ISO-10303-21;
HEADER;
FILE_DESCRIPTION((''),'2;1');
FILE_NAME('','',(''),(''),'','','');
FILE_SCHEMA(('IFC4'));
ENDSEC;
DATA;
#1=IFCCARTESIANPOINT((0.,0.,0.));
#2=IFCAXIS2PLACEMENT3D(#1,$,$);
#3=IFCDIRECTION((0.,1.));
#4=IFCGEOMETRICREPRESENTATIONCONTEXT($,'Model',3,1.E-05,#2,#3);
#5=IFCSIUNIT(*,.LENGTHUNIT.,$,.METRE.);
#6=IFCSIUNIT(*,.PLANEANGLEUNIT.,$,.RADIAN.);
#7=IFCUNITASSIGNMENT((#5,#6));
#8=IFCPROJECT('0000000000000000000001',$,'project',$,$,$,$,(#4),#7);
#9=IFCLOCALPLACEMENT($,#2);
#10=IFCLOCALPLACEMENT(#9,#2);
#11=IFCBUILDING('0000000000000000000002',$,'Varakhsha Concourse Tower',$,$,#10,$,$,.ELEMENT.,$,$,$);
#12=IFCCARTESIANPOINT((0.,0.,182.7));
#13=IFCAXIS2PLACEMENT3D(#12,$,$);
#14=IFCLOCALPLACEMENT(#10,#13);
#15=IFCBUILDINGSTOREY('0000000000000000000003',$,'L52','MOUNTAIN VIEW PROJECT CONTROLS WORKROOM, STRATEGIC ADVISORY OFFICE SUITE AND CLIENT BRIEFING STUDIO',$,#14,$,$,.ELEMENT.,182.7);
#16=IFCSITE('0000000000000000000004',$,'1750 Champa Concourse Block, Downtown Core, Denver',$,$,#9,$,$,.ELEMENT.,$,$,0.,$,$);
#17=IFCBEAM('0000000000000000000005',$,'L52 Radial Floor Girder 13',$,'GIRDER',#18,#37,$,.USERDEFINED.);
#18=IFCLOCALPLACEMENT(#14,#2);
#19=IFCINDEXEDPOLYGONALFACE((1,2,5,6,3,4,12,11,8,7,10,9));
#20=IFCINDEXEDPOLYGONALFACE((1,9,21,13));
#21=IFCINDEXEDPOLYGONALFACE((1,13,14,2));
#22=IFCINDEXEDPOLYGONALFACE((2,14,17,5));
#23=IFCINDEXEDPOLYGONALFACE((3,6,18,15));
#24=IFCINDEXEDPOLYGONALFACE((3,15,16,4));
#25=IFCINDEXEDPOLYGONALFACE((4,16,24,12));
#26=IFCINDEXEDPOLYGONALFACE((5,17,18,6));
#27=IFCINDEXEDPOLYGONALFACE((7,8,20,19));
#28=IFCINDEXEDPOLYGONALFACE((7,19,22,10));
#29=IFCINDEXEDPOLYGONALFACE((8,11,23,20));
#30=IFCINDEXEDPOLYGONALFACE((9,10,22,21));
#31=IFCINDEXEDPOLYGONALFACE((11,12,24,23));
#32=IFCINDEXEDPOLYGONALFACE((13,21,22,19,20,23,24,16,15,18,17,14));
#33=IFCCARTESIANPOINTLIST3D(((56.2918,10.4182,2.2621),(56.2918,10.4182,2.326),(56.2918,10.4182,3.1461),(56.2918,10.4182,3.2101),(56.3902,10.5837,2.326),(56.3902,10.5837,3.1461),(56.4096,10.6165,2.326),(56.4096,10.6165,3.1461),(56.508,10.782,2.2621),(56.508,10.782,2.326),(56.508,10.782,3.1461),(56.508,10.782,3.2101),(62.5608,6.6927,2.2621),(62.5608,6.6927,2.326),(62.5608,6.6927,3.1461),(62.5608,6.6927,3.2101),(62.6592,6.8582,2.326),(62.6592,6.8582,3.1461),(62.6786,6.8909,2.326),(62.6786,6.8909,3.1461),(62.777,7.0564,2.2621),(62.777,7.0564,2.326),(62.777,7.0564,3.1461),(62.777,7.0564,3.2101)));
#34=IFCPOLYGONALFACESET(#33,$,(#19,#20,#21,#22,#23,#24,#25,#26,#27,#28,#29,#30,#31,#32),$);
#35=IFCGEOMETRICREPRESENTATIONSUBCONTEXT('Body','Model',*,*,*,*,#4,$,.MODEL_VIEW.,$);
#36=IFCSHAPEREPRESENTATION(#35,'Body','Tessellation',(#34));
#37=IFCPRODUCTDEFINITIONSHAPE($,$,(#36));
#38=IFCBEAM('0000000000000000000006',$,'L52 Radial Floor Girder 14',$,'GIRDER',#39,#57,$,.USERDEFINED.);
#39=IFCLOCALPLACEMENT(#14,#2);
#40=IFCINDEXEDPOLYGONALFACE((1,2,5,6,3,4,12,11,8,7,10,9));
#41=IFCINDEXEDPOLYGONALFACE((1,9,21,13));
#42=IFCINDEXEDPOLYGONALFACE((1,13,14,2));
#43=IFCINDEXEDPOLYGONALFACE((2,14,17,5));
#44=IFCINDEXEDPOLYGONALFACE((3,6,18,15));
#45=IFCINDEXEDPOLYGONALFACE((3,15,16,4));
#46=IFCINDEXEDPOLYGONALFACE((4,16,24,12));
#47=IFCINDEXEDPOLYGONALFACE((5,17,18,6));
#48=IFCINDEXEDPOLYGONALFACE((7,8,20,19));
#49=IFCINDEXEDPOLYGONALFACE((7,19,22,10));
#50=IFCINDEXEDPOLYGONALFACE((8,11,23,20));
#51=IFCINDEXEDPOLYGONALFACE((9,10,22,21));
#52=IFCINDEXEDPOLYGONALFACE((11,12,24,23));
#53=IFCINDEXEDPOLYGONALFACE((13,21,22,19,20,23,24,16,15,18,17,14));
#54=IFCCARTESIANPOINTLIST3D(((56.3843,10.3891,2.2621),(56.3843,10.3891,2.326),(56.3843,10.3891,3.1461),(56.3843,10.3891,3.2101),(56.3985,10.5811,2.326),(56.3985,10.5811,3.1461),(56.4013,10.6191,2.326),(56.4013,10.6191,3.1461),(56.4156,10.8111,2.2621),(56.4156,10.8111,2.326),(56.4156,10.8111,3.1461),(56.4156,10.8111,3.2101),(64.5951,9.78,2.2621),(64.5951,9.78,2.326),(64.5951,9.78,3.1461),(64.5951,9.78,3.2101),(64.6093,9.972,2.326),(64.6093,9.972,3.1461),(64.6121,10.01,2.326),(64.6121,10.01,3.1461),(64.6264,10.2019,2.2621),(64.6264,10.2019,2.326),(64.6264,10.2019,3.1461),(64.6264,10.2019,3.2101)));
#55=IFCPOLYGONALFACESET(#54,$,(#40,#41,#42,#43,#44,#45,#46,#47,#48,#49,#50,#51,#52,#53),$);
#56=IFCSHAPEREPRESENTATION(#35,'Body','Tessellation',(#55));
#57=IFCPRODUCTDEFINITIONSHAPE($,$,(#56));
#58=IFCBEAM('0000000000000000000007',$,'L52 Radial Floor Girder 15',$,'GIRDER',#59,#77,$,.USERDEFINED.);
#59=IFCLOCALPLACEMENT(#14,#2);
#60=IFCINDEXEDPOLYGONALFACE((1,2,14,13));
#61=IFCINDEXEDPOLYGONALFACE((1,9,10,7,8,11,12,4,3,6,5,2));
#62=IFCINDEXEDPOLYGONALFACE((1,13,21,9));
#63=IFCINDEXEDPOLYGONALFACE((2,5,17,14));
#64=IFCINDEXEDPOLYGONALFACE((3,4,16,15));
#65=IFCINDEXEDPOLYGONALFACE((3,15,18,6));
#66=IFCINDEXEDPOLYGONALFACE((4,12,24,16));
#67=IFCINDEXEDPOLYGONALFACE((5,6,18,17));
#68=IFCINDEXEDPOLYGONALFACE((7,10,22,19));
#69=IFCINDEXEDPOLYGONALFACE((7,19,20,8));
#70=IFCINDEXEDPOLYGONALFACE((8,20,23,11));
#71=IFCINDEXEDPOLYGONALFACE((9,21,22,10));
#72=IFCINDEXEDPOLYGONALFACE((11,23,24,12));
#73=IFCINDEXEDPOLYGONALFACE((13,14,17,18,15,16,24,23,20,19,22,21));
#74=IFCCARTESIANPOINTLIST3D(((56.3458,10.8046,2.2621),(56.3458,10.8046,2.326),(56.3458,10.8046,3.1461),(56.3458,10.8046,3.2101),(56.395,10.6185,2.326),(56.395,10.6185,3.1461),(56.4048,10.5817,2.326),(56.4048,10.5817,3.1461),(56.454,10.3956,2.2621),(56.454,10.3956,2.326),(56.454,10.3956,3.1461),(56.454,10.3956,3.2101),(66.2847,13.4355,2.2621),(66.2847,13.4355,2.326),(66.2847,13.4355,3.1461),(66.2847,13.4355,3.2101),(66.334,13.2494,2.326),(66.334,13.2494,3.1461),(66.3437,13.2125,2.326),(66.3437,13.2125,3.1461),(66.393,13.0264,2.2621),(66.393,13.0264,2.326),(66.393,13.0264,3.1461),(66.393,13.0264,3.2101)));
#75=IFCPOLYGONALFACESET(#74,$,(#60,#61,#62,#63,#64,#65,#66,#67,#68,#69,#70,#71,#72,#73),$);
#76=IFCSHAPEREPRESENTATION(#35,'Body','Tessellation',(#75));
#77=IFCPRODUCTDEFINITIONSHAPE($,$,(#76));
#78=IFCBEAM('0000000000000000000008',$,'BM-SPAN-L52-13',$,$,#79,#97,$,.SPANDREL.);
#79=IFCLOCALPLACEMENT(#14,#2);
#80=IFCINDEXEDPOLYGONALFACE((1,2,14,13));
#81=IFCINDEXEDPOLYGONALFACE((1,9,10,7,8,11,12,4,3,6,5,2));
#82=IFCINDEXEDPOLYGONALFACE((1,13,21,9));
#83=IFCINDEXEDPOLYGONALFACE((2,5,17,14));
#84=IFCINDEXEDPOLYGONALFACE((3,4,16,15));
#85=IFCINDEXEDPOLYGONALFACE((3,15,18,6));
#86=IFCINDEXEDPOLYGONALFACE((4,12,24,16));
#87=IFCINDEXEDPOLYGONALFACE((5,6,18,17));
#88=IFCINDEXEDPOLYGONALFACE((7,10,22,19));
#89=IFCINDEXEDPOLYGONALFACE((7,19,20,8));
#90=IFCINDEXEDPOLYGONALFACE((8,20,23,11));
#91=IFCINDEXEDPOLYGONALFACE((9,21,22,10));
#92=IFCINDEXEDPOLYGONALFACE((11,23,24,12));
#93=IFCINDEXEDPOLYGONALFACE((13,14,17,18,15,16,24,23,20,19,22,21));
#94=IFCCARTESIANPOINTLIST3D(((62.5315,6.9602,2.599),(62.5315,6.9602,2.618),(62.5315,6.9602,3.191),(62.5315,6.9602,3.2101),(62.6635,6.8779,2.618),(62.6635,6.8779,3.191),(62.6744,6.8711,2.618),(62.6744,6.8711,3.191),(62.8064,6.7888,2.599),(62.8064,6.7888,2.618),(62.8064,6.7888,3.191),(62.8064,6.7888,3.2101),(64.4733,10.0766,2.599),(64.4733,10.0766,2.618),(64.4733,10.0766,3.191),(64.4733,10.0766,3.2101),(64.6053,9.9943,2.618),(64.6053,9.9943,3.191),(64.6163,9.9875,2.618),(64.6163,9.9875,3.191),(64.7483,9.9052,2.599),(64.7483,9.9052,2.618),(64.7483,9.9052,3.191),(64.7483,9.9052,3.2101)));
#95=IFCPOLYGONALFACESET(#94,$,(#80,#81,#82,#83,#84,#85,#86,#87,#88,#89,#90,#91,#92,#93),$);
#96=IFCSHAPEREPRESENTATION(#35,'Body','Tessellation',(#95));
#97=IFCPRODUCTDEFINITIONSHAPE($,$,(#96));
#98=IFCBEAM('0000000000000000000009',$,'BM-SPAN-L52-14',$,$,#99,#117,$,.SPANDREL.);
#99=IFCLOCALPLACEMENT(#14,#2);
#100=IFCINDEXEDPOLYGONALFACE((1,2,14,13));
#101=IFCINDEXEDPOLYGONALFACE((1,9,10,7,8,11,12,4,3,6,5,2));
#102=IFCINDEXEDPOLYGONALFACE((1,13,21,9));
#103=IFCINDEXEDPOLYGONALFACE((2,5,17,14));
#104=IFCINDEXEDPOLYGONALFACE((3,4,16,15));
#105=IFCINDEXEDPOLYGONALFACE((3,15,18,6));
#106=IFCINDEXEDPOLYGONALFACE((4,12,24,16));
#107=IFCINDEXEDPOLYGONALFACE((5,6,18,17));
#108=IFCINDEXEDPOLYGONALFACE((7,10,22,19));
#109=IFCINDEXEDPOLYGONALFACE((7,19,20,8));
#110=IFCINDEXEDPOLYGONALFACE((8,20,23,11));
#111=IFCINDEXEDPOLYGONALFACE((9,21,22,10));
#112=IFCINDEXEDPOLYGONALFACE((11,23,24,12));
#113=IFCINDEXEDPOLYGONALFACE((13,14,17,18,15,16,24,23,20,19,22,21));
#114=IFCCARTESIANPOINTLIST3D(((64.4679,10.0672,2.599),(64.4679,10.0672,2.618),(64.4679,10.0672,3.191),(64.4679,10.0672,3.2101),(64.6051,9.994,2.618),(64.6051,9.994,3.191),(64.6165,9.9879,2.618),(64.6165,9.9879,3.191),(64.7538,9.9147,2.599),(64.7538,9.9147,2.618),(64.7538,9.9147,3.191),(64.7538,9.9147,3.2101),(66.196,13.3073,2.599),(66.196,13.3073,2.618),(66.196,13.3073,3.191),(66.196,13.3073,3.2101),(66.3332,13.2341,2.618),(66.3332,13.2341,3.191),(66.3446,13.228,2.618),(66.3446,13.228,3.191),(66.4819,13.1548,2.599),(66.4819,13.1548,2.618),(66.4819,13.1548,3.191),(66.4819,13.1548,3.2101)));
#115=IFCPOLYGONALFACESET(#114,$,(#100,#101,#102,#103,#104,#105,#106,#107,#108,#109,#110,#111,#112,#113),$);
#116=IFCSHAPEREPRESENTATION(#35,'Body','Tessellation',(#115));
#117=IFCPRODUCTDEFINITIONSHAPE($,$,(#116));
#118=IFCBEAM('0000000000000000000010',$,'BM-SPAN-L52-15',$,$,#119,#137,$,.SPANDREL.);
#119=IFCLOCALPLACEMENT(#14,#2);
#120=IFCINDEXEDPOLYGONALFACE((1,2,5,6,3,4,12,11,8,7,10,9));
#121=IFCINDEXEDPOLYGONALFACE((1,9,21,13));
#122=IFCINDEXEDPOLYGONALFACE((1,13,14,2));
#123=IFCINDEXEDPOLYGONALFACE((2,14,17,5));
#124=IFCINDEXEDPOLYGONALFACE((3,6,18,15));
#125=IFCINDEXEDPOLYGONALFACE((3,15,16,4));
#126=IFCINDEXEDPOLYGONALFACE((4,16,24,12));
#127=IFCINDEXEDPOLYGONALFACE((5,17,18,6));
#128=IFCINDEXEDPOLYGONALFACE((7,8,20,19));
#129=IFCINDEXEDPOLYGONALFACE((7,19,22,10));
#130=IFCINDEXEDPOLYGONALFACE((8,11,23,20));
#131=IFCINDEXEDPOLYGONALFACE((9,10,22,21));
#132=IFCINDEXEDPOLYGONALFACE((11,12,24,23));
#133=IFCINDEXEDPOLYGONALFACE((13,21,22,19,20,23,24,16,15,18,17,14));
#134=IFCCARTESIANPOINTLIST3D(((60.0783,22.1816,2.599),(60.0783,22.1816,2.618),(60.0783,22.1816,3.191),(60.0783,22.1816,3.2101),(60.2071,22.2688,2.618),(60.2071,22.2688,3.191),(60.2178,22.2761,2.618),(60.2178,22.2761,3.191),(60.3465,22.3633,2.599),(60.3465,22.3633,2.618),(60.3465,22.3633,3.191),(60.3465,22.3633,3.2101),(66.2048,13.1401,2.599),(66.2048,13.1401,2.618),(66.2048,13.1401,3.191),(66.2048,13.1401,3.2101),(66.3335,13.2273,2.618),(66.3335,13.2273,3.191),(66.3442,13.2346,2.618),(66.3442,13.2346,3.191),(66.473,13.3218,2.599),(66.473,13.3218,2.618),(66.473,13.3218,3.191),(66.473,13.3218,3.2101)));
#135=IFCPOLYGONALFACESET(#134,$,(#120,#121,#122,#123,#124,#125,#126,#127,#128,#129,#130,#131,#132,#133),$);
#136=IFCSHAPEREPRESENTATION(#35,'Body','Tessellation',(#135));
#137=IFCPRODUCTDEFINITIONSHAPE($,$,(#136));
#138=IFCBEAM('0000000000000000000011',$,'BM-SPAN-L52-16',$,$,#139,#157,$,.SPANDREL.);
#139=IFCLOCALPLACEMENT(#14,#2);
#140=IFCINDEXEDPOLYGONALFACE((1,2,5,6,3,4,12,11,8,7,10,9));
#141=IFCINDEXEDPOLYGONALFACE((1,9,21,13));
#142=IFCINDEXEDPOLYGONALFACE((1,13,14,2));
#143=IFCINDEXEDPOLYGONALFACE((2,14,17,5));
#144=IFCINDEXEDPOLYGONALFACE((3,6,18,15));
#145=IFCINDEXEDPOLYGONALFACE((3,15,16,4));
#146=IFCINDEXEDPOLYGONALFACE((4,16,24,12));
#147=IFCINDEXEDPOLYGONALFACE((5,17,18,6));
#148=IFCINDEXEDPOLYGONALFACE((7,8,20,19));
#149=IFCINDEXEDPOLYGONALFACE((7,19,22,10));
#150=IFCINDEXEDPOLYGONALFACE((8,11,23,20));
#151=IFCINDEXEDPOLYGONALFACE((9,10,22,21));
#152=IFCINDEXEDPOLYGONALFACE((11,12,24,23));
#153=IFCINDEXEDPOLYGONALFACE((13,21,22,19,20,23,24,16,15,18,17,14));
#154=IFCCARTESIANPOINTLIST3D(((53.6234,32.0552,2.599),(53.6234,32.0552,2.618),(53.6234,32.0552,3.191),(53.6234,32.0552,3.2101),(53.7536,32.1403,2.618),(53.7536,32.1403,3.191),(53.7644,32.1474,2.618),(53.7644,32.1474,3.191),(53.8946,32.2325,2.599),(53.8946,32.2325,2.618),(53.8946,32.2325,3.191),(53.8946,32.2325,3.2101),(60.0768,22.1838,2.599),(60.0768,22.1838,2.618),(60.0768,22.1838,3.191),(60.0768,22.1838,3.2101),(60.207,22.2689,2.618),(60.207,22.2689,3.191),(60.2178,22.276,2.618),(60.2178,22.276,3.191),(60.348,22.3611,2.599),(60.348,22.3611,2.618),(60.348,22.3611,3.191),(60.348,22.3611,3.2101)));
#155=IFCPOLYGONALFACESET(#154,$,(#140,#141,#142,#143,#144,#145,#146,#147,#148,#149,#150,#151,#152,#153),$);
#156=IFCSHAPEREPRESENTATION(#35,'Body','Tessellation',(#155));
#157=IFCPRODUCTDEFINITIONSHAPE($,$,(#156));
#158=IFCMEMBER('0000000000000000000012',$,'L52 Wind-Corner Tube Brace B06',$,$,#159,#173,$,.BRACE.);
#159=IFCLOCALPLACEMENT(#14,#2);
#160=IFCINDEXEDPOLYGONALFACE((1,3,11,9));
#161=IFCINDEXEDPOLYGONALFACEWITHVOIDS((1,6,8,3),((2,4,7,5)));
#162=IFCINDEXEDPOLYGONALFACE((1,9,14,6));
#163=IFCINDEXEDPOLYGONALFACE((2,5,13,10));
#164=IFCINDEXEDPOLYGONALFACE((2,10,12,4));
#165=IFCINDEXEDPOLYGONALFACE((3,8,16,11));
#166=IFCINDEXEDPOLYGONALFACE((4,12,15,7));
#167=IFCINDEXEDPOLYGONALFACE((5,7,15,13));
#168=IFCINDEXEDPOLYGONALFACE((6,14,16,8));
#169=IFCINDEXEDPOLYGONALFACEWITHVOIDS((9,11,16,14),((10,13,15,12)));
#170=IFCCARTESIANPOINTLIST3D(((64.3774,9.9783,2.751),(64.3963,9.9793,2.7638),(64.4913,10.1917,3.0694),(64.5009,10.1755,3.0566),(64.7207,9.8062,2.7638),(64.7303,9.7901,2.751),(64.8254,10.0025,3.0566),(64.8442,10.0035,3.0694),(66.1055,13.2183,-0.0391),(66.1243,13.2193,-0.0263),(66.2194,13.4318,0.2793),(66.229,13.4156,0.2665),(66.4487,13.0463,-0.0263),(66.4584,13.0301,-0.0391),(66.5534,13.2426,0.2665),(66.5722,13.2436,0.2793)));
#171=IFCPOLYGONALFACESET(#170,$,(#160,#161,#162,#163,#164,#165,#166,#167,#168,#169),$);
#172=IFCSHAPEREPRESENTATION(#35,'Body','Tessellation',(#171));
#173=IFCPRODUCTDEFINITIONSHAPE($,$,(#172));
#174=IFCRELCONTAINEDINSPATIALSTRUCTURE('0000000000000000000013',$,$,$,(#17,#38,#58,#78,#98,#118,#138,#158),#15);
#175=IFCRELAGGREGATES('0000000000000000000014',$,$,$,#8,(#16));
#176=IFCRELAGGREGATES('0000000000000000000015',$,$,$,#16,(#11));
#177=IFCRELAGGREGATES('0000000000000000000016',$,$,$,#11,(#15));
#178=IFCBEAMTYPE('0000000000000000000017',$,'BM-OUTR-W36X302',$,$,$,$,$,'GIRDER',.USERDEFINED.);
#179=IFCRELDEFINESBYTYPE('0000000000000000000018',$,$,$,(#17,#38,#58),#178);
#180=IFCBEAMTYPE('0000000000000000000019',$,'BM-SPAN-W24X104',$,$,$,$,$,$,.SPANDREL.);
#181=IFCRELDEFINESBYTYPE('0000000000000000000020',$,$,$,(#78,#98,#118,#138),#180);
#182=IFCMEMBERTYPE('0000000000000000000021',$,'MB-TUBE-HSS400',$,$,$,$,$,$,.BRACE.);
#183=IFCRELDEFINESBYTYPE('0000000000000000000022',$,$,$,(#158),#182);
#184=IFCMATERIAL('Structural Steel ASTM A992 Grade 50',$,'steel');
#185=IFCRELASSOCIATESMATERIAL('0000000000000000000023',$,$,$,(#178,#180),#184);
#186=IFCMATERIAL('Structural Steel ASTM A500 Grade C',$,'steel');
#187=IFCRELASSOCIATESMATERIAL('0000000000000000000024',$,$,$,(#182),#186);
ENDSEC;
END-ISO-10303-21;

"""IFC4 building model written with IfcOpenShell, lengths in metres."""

from ifc_helpers import new_model, si_unit, direction, frame, origin, origin_2d, place, context, subcontext, project, spatial, hollow_rectangle, i_section, extrude, source, transform, mapped, material, material_profile, profile_set, type_object, element, save


model = new_model("IFC4")

# Units and contexts
model_context = context("Model", 3, precision=1e-05, world=origin(), true_north=direction((0.0, 1.0)))
body_context = subcontext(model_context, "Body", "Model", "MODEL_VIEW")
ifc_project = project(units=[si_unit("LENGTHUNIT", "METRE"), si_unit("PLANEANGLEUNIT", "RADIAN")], contexts=[model_context])

# Site, building, storey
site_placement = place(None, origin())
site = spatial("IfcSite", under=ifc_project, at=site_placement, Name="1750 Champa Concourse Block, Downtown Core, Denver", CompositionType="ELEMENT", RefElevation=0.0)
building_placement = place(site_placement, origin())
building = spatial("IfcBuilding", under=site, at=building_placement, Name="Varakhsha Concourse Tower", CompositionType="ELEMENT")
storey_placement = place(building_placement, frame((0.0, 0.0, 182.7)))
storey = spatial("IfcBuildingStorey", under=building, at=storey_placement, Name="L52", Description="MOUNTAIN VIEW PROJECT CONTROLS WORKROOM, STRATEGIC ADVISORY OFFICE SUITE AND CLIENT BRIEFING STUDIO", CompositionType="ELEMENT", Elevation=182.7)

# Shared definitions
ifc_material_1 = material(Name="Structural Steel ASTM A992 Grade 50", Category="steel")

# Beams
ifc_material_profile_1 = material_profile(ifc_material_1, i_section(OverallWidth=0.4231, OverallDepth=0.948, WebThickness=0.0381, FlangeThickness=0.064, at=origin_2d()), Name="W36X302")
ifc_profile_set_1 = profile_set([ifc_material_profile_1], Name="Structural Steel ASTM A992 Grade 50")
beam_type_1 = type_object("IfcBeamType", Name="BM-OUTR-W36X302", ElementType="GIRDER", PredefinedType="USERDEFINED", material=ifc_profile_set_1)
beam_1_placement = place(storey_placement, frame((56.3999, 10.6001, 2.7361), z_axis=(0.859654, -0.510878, 0.0), x_axis=(0.510878, 0.859654, 0.0)))
element("IfcBeam", 1, at=beam_1_placement, inside=storey, type_object=beam_type_1, Name="L52 Radial Floor Girder 13", ObjectType="GIRDER", PredefinedType="USERDEFINED", context=body_context, shape_type="SweptSolid", body=[
    extrude(i_section(OverallWidth=0.4231, OverallDepth=0.948, WebThickness=0.0381, FlangeThickness=0.064, at=origin_2d()), origin(), (0.0, 0.0, 1.0), 7.2925),
])
beam_2_placement = place(storey_placement, frame((56.3999, 10.6001, 2.7361), z_axis=(0.99726, -0.073982, 0.0), x_axis=(0.073982, 0.99726, 0.0)))
element("IfcBeam", 2, at=beam_2_placement, inside=storey, type_object=beam_type_1, Name="L52 Radial Floor Girder 14", ObjectType="GIRDER", PredefinedType="USERDEFINED", context=body_context, shape_type="SweptSolid", body=[
    extrude(i_section(OverallWidth=0.4231, OverallDepth=0.948, WebThickness=0.0381, FlangeThickness=0.064, at=origin_2d()), origin(), (0.0, 0.0, 1.0), 8.2334),
])
beam_3_placement = place(storey_placement, frame((56.3999, 10.6001, 2.7361), z_axis=(0.966706, 0.255889, 0.0), x_axis=(-0.255889, 0.966706, 0.0)))
element("IfcBeam", 3, at=beam_3_placement, inside=storey, type_object=beam_type_1, Name="L52 Radial Floor Girder 15", ObjectType="GIRDER", PredefinedType="USERDEFINED", context=body_context, shape_type="SweptSolid", body=[
    extrude(i_section(OverallWidth=0.4231, OverallDepth=0.948, WebThickness=0.0381, FlangeThickness=0.064, at=origin_2d()), origin(), (0.0, 0.0, 1.0), 10.2812),
])
ifc_material_profile_2 = material_profile(ifc_material_1, i_section(OverallWidth=0.324, OverallDepth=0.6111, WebThickness=0.0129, FlangeThickness=0.019, at=origin_2d()), Name="W24X104")
ifc_profile_set_2 = profile_set([ifc_material_profile_2], Name="Structural Steel ASTM A992 Grade 50")
beam_type_2 = type_object("IfcBeamType", Name="BM-SPAN-W24X104", PredefinedType="SPANDREL", material=ifc_profile_set_2)
beam_4_placement = place(storey_placement, frame((62.6689, 6.8745, 2.9045), z_axis=(0.528845, 0.848718, 0.0), x_axis=(-0.848718, 0.528845, 0.0)))
element("IfcBeam", 4, at=beam_4_placement, inside=storey, type_object=beam_type_2, Name="BM-SPAN-L52-13", PredefinedType="SPANDREL", context=body_context, shape_type="SweptSolid", body=[
    extrude(i_section(OverallWidth=0.324, OverallDepth=0.6111, WebThickness=0.0129, FlangeThickness=0.019, at=origin_2d()), origin(), (0.0, 0.0, 1.0), 3.6719),
])
beam_5_placement = place(storey_placement, frame((64.6108, 9.991, 2.9045), z_axis=(0.470595, 0.882349, 0.0), x_axis=(-0.882349, 0.470595, 0.0)))
element("IfcBeam", 5, at=beam_5_placement, inside=storey, type_object=beam_type_2, Name="BM-SPAN-L52-14", PredefinedType="SPANDREL", context=body_context, shape_type="SweptSolid", body=[
    extrude(i_section(OverallWidth=0.324, OverallDepth=0.6111, WebThickness=0.0129, FlangeThickness=0.019, at=origin_2d()), origin(), (0.0, 0.0, 1.0), 3.6721),
])
beam_6_placement = place(storey_placement, frame((66.3389, 13.231, 2.9045), z_axis=(-0.560947, 0.827852, 0.0), x_axis=(-0.827852, -0.560947, 0.0)))
element("IfcBeam", 6, at=beam_6_placement, inside=storey, type_object=beam_type_2, Name="BM-SPAN-L52-15", PredefinedType="SPANDREL", context=body_context, shape_type="SweptSolid", body=[
    extrude(i_section(OverallWidth=0.324, OverallDepth=0.6111, WebThickness=0.0129, FlangeThickness=0.019, at=origin_2d()), origin(), (0.0, 0.0, 1.0), 10.9216),
])
beam_7_placement = place(storey_placement, frame((60.2124, 22.2725, 2.9045), z_axis=(-0.547192, 0.837007, 0.0), x_axis=(-0.837007, -0.547192, 0.0)))
element("IfcBeam", 7, at=beam_7_placement, inside=storey, type_object=beam_type_2, Name="BM-SPAN-L52-16", PredefinedType="SPANDREL", context=body_context, shape_type="SweptSolid", body=[
    extrude(i_section(OverallWidth=0.324, OverallDepth=0.6111, WebThickness=0.0129, FlangeThickness=0.019, at=origin_2d()), origin(), (0.0, 0.0, 1.0), 11.7937),
])

# Member
ifc_material_2 = material(Name="Structural Steel ASTM A500 Grade C", Category="steel")
ifc_material_profile_3 = material_profile(ifc_material_2, hollow_rectangle(XDim=0.3999, YDim=0.3999, WallThickness=0.0161, at=origin_2d()), Name="HSS 400x400x16")
ifc_profile_set_3 = profile_set([ifc_material_profile_3], Name="Structural Steel ASTM A500 Grade C")
member_type_1 = type_object("IfcMemberType", Name="MB-TUBE-HSS400", PredefinedType="BRACE", material=ifc_profile_set_3)
shared_shape_1 = source(origin(), body_context, "Body", "SweptSolid", [
    extrude(hollow_rectangle(XDim=0.3999, YDim=0.3999, WallThickness=0.0161, at=origin_2d()), origin(), (0.0, 0.0, 1.0), 4.6118),
])
member_1_placement = place(storey_placement, frame((66.3389, 13.231, 0.1201), z_axis=(-0.374704, -0.702556, 0.604989), x_axis=(0.882349, -0.470595, 0.0)))
element("IfcMember", 8, at=member_1_placement, inside=storey, type_object=member_type_1, Name="L52 Wind-Corner Tube Brace B06", PredefinedType="BRACE", context=body_context, shape_type="MappedRepresentation", body=[
    mapped(shared_shape_1, transform((0.0, 0.0, 0.0), scale=1.0)),
])

save(model, "model.ifc")
